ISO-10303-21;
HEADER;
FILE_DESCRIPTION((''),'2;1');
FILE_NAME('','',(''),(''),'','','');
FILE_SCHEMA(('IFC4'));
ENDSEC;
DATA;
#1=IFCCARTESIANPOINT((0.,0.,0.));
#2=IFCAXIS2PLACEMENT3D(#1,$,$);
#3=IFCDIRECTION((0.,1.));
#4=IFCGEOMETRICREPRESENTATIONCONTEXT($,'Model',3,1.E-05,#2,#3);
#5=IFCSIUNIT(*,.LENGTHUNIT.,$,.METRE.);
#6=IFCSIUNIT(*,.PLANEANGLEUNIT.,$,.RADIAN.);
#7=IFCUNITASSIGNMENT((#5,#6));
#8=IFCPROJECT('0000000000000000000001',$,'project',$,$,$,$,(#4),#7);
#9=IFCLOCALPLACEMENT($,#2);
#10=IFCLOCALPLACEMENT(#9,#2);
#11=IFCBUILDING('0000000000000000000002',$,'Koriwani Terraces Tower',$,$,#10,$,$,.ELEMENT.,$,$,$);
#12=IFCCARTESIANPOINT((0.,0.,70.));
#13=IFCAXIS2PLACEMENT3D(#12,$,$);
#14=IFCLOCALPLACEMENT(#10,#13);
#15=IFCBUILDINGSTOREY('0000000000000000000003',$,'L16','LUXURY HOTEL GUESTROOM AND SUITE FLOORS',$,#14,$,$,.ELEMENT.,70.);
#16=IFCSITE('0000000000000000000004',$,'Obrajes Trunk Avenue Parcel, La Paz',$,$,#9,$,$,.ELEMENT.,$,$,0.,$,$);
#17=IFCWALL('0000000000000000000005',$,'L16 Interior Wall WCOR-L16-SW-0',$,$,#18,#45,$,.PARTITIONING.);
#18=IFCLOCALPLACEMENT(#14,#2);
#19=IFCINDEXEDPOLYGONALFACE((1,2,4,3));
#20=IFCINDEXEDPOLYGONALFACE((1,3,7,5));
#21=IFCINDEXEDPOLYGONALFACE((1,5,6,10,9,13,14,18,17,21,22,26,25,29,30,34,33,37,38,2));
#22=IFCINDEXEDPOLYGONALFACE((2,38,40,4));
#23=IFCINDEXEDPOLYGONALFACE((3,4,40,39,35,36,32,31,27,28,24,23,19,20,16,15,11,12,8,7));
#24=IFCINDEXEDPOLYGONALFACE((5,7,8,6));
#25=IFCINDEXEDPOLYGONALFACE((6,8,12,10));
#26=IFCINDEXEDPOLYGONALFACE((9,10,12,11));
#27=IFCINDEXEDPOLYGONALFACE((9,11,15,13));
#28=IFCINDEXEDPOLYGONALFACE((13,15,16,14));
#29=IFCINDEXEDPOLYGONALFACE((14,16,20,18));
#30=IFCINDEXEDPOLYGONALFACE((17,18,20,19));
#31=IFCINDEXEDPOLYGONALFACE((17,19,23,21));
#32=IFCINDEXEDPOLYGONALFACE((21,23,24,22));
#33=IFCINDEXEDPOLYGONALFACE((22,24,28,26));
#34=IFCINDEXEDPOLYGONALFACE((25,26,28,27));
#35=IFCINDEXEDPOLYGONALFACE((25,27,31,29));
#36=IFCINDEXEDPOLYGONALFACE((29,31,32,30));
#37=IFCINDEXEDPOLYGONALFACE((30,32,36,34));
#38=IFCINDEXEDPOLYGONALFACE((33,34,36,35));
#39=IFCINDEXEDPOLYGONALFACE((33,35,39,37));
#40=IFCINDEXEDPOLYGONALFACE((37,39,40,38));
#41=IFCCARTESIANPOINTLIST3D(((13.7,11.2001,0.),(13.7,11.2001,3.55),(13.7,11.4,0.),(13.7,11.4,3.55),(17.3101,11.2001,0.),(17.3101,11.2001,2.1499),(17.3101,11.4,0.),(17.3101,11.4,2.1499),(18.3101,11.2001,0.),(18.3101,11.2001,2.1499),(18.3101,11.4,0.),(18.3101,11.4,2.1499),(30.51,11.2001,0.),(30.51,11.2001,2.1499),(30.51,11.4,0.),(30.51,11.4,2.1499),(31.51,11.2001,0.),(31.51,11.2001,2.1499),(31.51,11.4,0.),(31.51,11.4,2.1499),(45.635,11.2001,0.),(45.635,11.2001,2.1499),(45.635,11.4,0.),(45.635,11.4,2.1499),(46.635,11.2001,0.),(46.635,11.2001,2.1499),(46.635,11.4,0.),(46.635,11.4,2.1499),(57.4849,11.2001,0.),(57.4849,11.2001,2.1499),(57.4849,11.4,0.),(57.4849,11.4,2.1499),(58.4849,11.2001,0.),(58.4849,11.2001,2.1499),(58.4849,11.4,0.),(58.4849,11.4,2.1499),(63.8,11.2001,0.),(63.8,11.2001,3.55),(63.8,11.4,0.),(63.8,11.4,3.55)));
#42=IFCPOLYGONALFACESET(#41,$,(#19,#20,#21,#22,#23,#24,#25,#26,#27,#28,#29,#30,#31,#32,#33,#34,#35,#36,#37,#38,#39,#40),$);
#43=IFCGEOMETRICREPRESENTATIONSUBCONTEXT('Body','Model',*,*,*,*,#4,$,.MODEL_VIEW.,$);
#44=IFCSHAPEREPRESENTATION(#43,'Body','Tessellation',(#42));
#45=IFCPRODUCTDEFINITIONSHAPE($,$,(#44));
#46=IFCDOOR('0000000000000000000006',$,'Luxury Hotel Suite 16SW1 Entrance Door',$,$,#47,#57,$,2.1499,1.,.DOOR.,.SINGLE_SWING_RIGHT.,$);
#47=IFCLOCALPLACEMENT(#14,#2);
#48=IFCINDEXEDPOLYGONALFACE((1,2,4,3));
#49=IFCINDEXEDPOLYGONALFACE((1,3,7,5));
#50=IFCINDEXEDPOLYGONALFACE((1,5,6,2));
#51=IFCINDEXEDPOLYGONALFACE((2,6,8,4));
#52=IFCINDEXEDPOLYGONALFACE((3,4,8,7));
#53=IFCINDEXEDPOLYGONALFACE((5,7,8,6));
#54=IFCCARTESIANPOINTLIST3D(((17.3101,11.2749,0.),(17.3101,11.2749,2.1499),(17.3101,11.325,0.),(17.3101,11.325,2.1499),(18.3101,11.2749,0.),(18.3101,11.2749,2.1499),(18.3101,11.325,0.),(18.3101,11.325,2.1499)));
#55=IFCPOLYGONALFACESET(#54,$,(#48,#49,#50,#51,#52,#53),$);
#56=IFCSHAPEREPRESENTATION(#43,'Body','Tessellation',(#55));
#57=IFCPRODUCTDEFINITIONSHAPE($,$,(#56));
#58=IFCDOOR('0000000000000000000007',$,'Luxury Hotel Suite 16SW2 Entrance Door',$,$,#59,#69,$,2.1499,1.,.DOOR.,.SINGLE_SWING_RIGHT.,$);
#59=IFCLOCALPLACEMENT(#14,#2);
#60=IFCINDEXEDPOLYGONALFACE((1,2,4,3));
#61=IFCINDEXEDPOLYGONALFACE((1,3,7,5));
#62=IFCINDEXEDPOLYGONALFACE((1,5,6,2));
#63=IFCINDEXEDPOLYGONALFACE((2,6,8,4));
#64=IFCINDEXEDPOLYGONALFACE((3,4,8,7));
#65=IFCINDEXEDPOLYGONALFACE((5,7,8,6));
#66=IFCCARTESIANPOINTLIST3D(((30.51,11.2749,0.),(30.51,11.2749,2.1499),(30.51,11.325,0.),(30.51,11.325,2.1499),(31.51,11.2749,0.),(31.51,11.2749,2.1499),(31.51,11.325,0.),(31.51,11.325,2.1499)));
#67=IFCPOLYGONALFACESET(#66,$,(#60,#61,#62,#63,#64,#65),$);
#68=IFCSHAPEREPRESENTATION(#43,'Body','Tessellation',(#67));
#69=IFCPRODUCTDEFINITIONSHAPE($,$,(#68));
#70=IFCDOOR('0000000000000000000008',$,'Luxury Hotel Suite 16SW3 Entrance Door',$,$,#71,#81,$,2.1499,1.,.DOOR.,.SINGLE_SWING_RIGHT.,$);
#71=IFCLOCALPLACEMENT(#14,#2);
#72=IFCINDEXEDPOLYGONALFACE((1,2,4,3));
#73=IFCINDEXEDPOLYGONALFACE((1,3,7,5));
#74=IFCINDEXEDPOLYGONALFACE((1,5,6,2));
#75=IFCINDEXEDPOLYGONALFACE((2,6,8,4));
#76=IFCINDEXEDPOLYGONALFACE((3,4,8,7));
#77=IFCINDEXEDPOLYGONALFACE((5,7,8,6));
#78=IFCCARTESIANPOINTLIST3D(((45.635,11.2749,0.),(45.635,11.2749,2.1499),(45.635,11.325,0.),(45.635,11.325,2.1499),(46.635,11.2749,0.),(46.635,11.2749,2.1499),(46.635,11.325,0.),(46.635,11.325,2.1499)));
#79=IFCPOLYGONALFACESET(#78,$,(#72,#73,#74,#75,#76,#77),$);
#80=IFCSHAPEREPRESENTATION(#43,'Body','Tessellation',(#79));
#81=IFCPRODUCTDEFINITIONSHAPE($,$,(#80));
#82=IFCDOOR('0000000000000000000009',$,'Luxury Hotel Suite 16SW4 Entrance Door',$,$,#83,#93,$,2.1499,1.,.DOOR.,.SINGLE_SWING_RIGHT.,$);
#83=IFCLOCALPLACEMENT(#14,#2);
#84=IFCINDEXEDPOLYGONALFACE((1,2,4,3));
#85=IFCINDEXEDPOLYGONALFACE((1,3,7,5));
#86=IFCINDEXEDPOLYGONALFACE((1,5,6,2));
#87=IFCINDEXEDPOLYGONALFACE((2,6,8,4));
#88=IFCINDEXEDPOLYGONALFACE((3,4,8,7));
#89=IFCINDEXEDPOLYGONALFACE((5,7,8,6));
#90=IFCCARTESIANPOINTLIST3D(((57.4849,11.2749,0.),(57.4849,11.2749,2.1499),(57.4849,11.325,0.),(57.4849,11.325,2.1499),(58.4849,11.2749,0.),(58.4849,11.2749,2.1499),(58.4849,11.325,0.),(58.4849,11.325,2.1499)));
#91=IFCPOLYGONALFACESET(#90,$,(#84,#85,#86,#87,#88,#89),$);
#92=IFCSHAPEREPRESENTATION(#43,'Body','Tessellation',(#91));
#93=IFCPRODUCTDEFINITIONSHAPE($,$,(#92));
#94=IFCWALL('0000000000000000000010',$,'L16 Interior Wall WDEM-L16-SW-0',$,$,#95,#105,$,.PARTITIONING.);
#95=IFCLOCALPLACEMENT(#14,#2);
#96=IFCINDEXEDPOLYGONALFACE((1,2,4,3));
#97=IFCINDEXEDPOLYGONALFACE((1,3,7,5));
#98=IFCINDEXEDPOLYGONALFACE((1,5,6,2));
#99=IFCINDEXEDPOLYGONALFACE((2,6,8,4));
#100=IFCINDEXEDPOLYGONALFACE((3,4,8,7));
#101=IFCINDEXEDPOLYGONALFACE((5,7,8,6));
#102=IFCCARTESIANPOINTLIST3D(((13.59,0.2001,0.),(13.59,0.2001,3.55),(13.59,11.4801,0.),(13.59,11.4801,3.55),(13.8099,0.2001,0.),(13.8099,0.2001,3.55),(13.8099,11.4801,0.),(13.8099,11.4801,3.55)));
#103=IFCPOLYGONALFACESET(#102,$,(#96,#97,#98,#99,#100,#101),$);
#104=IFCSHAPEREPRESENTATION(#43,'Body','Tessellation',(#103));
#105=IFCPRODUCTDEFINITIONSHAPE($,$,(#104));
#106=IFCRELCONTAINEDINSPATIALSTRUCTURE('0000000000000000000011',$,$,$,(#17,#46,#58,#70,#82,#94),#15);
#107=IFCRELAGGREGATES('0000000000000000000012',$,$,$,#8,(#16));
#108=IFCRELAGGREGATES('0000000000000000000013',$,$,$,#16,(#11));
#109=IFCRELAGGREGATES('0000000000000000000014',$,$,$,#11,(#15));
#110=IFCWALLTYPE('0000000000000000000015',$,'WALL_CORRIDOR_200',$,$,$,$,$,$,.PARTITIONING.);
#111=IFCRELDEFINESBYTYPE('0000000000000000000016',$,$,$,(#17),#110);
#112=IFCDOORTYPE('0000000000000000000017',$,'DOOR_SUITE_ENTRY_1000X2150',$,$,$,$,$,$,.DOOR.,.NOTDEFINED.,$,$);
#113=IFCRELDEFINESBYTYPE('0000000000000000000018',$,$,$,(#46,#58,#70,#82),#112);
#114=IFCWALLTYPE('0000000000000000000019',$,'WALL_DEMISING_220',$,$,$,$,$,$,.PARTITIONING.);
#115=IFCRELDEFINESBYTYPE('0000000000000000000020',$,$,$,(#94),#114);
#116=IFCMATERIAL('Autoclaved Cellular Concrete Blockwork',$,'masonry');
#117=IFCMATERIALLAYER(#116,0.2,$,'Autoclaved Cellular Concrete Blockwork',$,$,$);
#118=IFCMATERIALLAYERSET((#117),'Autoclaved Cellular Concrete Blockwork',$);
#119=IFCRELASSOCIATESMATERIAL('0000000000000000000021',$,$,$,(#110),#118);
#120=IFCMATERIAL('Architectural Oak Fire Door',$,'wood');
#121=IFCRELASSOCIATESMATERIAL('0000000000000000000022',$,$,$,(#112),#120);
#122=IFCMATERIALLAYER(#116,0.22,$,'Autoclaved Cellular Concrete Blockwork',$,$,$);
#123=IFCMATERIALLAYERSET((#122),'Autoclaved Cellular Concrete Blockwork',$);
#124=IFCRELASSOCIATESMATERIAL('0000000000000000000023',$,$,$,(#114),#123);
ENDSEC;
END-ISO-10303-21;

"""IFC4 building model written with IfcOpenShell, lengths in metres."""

from ifc_helpers import new_model, si_unit, direction, frame, frame_2d, origin, place, context, subcontext, project, spatial, rectangle, extrude, material, layer, layer_set, type_object, element, fill, save


model = new_model("IFC4")

# Units and contexts
model_context = context("Model", 3, precision=1e-05, world=origin(), true_north=direction((0.0, 1.0)))
body_context = subcontext(model_context, "Body", "Model", "MODEL_VIEW")
ifc_project = project(units=[si_unit("LENGTHUNIT", "METRE"), si_unit("PLANEANGLEUNIT", "RADIAN")], contexts=[model_context])

# Site, building, storey
site_placement = place(None, origin())
site = spatial("IfcSite", under=ifc_project, at=site_placement, Name="Obrajes Trunk Avenue Parcel, La Paz", CompositionType="ELEMENT", RefElevation=0.0)
building_placement = place(site_placement, origin())
building = spatial("IfcBuilding", under=site, at=building_placement, Name="Koriwani Terraces Tower", CompositionType="ELEMENT")
storey_placement = place(building_placement, frame((0.0, 0.0, 70.0)))
storey = spatial("IfcBuildingStorey", under=building, at=storey_placement, Name="L16", Description="LUXURY HOTEL GUESTROOM AND SUITE FLOORS", CompositionType="ELEMENT", Elevation=70.0)

# Shared definitions
ifc_material_1 = material(Name="Autoclaved Cellular Concrete Blockwork", Category="masonry")
ifc_layer_1 = layer(ifc_material_1, 0.2, Name="Autoclaved Cellular Concrete Blockwork")
ifc_layer_set_1 = layer_set([ifc_layer_1], Name="Autoclaved Cellular Concrete Blockwork")
wall_type_1 = type_object("IfcWallType", Name="WALL_CORRIDOR_200", PredefinedType="PARTITIONING", material=ifc_layer_set_1)
ifc_material_2 = material(Name="Architectural Oak Fire Door", Category="wood")

# Wall, openings, doors
door_type_1 = type_object("IfcDoorType", Name="DOOR_SUITE_ENTRY_1000X2150", OperationType="NOTDEFINED", PredefinedType="DOOR", material=ifc_material_2)
wall_1_placement = place(storey_placement, frame((13.7, 11.3, 0.0), z_axis=(0.0, 0.0, 1.0), x_axis=(1.0, 0.0, 0.0)))
wall_1 = element("IfcWall", 1, at=wall_1_placement, inside=storey, type_object=wall_type_1, Name="L16 Interior Wall WCOR-L16-SW-0", PredefinedType="PARTITIONING", context=body_context, shape_type="SweptSolid", body=[
    extrude(rectangle(XDim=50.1001, YDim=0.2, at=frame_2d((25.05, 0.0))), origin(), (0.0, 0.0, 1.0), 3.55),
])
opening_1_placement = place(wall_1_placement, frame((3.6101, 0.0, 0.0)))
opening_1 = element("IfcOpeningElement", 2, at=opening_1_placement, cuts=wall_1, PredefinedType="OPENING", context=body_context, shape_type="SweptSolid", body=[
    extrude(rectangle(XDim=1.0, YDim=2.1499, at=frame_2d((0.5, 1.075))), frame((0.0, 0.1099, 0.0), z_axis=(0.0, -1.0, 0.0), x_axis=(1.0, 0.0, 0.0)), (0.0, 0.0, 1.0), 0.22),
])
opening_2_placement = place(wall_1_placement, frame((16.8101, 0.0, 0.0)))
opening_2 = element("IfcOpeningElement", 3, at=opening_2_placement, cuts=wall_1, PredefinedType="OPENING", context=body_context, shape_type="SweptSolid", body=[
    extrude(rectangle(XDim=1.0, YDim=2.1499, at=frame_2d((0.5, 1.075))), frame((0.0, 0.1099, 0.0), z_axis=(0.0, -1.0, 0.0), x_axis=(1.0, 0.0, 0.0)), (0.0, 0.0, 1.0), 0.22),
])
opening_3_placement = place(wall_1_placement, frame((31.9351, 0.0, 0.0)))
opening_3 = element("IfcOpeningElement", 4, at=opening_3_placement, cuts=wall_1, PredefinedType="OPENING", context=body_context, shape_type="SweptSolid", body=[
    extrude(rectangle(XDim=1.0, YDim=2.1499, at=frame_2d((0.5, 1.075))), frame((0.0, 0.1099, 0.0), z_axis=(0.0, -1.0, 0.0), x_axis=(1.0, 0.0, 0.0)), (0.0, 0.0, 1.0), 0.22),
])
opening_4_placement = place(wall_1_placement, frame((43.7849, 0.0, 0.0)))
opening_4 = element("IfcOpeningElement", 5, at=opening_4_placement, cuts=wall_1, PredefinedType="OPENING", context=body_context, shape_type="SweptSolid", body=[
    extrude(rectangle(XDim=1.0, YDim=2.1499, at=frame_2d((0.5, 1.075))), frame((0.0, 0.1099, 0.0), z_axis=(0.0, -1.0, 0.0), x_axis=(1.0, 0.0, 0.0)), (0.0, 0.0, 1.0), 0.22),
])
door_1_placement = place(opening_1_placement, origin())
door_1 = element("IfcDoor", 6, at=door_1_placement, inside=storey, type_object=door_type_1, Name="Luxury Hotel Suite 16SW1 Entrance Door", OperationType="SINGLE_SWING_RIGHT", OverallHeight=2.1499, OverallWidth=1.0, PredefinedType="DOOR", context=body_context, shape_type="SweptSolid", body=[
    extrude(rectangle(XDim=1.0, YDim=2.1499, at=frame_2d((0.5, 1.075))), frame((0.0, 0.0249, 0.0), z_axis=(0.0, -1.0, 0.0), x_axis=(1.0, 0.0, 0.0)), (0.0, 0.0, 1.0), 0.05),
])
fill(opening_1, door_1)
door_2_placement = place(opening_2_placement, origin())
door_2 = element("IfcDoor", 7, at=door_2_placement, inside=storey, type_object=door_type_1, Name="Luxury Hotel Suite 16SW2 Entrance Door", OperationType="SINGLE_SWING_RIGHT", OverallHeight=2.1499, OverallWidth=1.0, PredefinedType="DOOR", context=body_context, shape_type="SweptSolid", body=[
    extrude(rectangle(XDim=1.0, YDim=2.1499, at=frame_2d((0.5, 1.075))), frame((0.0, 0.0249, 0.0), z_axis=(0.0, -1.0, 0.0), x_axis=(1.0, 0.0, 0.0)), (0.0, 0.0, 1.0), 0.05),
])
fill(opening_2, door_2)
door_3_placement = place(opening_3_placement, origin())
door_3 = element("IfcDoor", 8, at=door_3_placement, inside=storey, type_object=door_type_1, Name="Luxury Hotel Suite 16SW3 Entrance Door", OperationType="SINGLE_SWING_RIGHT", OverallHeight=2.1499, OverallWidth=1.0, PredefinedType="DOOR", context=body_context, shape_type="SweptSolid", body=[
    extrude(rectangle(XDim=1.0, YDim=2.1499, at=frame_2d((0.5, 1.075))), frame((0.0, 0.0249, 0.0), z_axis=(0.0, -1.0, 0.0), x_axis=(1.0, 0.0, 0.0)), (0.0, 0.0, 1.0), 0.05),
])
fill(opening_3, door_3)
door_4_placement = place(opening_4_placement, origin())
door_4 = element("IfcDoor", 9, at=door_4_placement, inside=storey, type_object=door_type_1, Name="Luxury Hotel Suite 16SW4 Entrance Door", OperationType="SINGLE_SWING_RIGHT", OverallHeight=2.1499, OverallWidth=1.0, PredefinedType="DOOR", context=body_context, shape_type="SweptSolid", body=[
    extrude(rectangle(XDim=1.0, YDim=2.1499, at=frame_2d((0.5, 1.075))), frame((0.0, 0.0249, 0.0), z_axis=(0.0, -1.0, 0.0), x_axis=(1.0, 0.0, 0.0)), (0.0, 0.0, 1.0), 0.05),
])
fill(opening_4, door_4)

# Wall
ifc_layer_2 = layer(ifc_material_1, 0.22, Name="Autoclaved Cellular Concrete Blockwork")
ifc_layer_set_2 = layer_set([ifc_layer_2], Name="Autoclaved Cellular Concrete Blockwork")
wall_type_2 = type_object("IfcWallType", Name="WALL_DEMISING_220", PredefinedType="PARTITIONING", material=ifc_layer_set_2)
wall_2_placement = place(storey_placement, frame((13.7, 0.2, 0.0), z_axis=(0.0, 0.0, 1.0), x_axis=(0.0, 1.0, 0.0)))
element("IfcWall", 10, at=wall_2_placement, inside=storey, type_object=wall_type_2, Name="L16 Interior Wall WDEM-L16-SW-0", PredefinedType="PARTITIONING", context=body_context, shape_type="SweptSolid", body=[
    extrude(rectangle(XDim=11.28, YDim=0.22, at=frame_2d((5.6401, 0.0))), origin(), (0.0, 0.0, 1.0), 3.55),
])

save(model, "model.ifc")
